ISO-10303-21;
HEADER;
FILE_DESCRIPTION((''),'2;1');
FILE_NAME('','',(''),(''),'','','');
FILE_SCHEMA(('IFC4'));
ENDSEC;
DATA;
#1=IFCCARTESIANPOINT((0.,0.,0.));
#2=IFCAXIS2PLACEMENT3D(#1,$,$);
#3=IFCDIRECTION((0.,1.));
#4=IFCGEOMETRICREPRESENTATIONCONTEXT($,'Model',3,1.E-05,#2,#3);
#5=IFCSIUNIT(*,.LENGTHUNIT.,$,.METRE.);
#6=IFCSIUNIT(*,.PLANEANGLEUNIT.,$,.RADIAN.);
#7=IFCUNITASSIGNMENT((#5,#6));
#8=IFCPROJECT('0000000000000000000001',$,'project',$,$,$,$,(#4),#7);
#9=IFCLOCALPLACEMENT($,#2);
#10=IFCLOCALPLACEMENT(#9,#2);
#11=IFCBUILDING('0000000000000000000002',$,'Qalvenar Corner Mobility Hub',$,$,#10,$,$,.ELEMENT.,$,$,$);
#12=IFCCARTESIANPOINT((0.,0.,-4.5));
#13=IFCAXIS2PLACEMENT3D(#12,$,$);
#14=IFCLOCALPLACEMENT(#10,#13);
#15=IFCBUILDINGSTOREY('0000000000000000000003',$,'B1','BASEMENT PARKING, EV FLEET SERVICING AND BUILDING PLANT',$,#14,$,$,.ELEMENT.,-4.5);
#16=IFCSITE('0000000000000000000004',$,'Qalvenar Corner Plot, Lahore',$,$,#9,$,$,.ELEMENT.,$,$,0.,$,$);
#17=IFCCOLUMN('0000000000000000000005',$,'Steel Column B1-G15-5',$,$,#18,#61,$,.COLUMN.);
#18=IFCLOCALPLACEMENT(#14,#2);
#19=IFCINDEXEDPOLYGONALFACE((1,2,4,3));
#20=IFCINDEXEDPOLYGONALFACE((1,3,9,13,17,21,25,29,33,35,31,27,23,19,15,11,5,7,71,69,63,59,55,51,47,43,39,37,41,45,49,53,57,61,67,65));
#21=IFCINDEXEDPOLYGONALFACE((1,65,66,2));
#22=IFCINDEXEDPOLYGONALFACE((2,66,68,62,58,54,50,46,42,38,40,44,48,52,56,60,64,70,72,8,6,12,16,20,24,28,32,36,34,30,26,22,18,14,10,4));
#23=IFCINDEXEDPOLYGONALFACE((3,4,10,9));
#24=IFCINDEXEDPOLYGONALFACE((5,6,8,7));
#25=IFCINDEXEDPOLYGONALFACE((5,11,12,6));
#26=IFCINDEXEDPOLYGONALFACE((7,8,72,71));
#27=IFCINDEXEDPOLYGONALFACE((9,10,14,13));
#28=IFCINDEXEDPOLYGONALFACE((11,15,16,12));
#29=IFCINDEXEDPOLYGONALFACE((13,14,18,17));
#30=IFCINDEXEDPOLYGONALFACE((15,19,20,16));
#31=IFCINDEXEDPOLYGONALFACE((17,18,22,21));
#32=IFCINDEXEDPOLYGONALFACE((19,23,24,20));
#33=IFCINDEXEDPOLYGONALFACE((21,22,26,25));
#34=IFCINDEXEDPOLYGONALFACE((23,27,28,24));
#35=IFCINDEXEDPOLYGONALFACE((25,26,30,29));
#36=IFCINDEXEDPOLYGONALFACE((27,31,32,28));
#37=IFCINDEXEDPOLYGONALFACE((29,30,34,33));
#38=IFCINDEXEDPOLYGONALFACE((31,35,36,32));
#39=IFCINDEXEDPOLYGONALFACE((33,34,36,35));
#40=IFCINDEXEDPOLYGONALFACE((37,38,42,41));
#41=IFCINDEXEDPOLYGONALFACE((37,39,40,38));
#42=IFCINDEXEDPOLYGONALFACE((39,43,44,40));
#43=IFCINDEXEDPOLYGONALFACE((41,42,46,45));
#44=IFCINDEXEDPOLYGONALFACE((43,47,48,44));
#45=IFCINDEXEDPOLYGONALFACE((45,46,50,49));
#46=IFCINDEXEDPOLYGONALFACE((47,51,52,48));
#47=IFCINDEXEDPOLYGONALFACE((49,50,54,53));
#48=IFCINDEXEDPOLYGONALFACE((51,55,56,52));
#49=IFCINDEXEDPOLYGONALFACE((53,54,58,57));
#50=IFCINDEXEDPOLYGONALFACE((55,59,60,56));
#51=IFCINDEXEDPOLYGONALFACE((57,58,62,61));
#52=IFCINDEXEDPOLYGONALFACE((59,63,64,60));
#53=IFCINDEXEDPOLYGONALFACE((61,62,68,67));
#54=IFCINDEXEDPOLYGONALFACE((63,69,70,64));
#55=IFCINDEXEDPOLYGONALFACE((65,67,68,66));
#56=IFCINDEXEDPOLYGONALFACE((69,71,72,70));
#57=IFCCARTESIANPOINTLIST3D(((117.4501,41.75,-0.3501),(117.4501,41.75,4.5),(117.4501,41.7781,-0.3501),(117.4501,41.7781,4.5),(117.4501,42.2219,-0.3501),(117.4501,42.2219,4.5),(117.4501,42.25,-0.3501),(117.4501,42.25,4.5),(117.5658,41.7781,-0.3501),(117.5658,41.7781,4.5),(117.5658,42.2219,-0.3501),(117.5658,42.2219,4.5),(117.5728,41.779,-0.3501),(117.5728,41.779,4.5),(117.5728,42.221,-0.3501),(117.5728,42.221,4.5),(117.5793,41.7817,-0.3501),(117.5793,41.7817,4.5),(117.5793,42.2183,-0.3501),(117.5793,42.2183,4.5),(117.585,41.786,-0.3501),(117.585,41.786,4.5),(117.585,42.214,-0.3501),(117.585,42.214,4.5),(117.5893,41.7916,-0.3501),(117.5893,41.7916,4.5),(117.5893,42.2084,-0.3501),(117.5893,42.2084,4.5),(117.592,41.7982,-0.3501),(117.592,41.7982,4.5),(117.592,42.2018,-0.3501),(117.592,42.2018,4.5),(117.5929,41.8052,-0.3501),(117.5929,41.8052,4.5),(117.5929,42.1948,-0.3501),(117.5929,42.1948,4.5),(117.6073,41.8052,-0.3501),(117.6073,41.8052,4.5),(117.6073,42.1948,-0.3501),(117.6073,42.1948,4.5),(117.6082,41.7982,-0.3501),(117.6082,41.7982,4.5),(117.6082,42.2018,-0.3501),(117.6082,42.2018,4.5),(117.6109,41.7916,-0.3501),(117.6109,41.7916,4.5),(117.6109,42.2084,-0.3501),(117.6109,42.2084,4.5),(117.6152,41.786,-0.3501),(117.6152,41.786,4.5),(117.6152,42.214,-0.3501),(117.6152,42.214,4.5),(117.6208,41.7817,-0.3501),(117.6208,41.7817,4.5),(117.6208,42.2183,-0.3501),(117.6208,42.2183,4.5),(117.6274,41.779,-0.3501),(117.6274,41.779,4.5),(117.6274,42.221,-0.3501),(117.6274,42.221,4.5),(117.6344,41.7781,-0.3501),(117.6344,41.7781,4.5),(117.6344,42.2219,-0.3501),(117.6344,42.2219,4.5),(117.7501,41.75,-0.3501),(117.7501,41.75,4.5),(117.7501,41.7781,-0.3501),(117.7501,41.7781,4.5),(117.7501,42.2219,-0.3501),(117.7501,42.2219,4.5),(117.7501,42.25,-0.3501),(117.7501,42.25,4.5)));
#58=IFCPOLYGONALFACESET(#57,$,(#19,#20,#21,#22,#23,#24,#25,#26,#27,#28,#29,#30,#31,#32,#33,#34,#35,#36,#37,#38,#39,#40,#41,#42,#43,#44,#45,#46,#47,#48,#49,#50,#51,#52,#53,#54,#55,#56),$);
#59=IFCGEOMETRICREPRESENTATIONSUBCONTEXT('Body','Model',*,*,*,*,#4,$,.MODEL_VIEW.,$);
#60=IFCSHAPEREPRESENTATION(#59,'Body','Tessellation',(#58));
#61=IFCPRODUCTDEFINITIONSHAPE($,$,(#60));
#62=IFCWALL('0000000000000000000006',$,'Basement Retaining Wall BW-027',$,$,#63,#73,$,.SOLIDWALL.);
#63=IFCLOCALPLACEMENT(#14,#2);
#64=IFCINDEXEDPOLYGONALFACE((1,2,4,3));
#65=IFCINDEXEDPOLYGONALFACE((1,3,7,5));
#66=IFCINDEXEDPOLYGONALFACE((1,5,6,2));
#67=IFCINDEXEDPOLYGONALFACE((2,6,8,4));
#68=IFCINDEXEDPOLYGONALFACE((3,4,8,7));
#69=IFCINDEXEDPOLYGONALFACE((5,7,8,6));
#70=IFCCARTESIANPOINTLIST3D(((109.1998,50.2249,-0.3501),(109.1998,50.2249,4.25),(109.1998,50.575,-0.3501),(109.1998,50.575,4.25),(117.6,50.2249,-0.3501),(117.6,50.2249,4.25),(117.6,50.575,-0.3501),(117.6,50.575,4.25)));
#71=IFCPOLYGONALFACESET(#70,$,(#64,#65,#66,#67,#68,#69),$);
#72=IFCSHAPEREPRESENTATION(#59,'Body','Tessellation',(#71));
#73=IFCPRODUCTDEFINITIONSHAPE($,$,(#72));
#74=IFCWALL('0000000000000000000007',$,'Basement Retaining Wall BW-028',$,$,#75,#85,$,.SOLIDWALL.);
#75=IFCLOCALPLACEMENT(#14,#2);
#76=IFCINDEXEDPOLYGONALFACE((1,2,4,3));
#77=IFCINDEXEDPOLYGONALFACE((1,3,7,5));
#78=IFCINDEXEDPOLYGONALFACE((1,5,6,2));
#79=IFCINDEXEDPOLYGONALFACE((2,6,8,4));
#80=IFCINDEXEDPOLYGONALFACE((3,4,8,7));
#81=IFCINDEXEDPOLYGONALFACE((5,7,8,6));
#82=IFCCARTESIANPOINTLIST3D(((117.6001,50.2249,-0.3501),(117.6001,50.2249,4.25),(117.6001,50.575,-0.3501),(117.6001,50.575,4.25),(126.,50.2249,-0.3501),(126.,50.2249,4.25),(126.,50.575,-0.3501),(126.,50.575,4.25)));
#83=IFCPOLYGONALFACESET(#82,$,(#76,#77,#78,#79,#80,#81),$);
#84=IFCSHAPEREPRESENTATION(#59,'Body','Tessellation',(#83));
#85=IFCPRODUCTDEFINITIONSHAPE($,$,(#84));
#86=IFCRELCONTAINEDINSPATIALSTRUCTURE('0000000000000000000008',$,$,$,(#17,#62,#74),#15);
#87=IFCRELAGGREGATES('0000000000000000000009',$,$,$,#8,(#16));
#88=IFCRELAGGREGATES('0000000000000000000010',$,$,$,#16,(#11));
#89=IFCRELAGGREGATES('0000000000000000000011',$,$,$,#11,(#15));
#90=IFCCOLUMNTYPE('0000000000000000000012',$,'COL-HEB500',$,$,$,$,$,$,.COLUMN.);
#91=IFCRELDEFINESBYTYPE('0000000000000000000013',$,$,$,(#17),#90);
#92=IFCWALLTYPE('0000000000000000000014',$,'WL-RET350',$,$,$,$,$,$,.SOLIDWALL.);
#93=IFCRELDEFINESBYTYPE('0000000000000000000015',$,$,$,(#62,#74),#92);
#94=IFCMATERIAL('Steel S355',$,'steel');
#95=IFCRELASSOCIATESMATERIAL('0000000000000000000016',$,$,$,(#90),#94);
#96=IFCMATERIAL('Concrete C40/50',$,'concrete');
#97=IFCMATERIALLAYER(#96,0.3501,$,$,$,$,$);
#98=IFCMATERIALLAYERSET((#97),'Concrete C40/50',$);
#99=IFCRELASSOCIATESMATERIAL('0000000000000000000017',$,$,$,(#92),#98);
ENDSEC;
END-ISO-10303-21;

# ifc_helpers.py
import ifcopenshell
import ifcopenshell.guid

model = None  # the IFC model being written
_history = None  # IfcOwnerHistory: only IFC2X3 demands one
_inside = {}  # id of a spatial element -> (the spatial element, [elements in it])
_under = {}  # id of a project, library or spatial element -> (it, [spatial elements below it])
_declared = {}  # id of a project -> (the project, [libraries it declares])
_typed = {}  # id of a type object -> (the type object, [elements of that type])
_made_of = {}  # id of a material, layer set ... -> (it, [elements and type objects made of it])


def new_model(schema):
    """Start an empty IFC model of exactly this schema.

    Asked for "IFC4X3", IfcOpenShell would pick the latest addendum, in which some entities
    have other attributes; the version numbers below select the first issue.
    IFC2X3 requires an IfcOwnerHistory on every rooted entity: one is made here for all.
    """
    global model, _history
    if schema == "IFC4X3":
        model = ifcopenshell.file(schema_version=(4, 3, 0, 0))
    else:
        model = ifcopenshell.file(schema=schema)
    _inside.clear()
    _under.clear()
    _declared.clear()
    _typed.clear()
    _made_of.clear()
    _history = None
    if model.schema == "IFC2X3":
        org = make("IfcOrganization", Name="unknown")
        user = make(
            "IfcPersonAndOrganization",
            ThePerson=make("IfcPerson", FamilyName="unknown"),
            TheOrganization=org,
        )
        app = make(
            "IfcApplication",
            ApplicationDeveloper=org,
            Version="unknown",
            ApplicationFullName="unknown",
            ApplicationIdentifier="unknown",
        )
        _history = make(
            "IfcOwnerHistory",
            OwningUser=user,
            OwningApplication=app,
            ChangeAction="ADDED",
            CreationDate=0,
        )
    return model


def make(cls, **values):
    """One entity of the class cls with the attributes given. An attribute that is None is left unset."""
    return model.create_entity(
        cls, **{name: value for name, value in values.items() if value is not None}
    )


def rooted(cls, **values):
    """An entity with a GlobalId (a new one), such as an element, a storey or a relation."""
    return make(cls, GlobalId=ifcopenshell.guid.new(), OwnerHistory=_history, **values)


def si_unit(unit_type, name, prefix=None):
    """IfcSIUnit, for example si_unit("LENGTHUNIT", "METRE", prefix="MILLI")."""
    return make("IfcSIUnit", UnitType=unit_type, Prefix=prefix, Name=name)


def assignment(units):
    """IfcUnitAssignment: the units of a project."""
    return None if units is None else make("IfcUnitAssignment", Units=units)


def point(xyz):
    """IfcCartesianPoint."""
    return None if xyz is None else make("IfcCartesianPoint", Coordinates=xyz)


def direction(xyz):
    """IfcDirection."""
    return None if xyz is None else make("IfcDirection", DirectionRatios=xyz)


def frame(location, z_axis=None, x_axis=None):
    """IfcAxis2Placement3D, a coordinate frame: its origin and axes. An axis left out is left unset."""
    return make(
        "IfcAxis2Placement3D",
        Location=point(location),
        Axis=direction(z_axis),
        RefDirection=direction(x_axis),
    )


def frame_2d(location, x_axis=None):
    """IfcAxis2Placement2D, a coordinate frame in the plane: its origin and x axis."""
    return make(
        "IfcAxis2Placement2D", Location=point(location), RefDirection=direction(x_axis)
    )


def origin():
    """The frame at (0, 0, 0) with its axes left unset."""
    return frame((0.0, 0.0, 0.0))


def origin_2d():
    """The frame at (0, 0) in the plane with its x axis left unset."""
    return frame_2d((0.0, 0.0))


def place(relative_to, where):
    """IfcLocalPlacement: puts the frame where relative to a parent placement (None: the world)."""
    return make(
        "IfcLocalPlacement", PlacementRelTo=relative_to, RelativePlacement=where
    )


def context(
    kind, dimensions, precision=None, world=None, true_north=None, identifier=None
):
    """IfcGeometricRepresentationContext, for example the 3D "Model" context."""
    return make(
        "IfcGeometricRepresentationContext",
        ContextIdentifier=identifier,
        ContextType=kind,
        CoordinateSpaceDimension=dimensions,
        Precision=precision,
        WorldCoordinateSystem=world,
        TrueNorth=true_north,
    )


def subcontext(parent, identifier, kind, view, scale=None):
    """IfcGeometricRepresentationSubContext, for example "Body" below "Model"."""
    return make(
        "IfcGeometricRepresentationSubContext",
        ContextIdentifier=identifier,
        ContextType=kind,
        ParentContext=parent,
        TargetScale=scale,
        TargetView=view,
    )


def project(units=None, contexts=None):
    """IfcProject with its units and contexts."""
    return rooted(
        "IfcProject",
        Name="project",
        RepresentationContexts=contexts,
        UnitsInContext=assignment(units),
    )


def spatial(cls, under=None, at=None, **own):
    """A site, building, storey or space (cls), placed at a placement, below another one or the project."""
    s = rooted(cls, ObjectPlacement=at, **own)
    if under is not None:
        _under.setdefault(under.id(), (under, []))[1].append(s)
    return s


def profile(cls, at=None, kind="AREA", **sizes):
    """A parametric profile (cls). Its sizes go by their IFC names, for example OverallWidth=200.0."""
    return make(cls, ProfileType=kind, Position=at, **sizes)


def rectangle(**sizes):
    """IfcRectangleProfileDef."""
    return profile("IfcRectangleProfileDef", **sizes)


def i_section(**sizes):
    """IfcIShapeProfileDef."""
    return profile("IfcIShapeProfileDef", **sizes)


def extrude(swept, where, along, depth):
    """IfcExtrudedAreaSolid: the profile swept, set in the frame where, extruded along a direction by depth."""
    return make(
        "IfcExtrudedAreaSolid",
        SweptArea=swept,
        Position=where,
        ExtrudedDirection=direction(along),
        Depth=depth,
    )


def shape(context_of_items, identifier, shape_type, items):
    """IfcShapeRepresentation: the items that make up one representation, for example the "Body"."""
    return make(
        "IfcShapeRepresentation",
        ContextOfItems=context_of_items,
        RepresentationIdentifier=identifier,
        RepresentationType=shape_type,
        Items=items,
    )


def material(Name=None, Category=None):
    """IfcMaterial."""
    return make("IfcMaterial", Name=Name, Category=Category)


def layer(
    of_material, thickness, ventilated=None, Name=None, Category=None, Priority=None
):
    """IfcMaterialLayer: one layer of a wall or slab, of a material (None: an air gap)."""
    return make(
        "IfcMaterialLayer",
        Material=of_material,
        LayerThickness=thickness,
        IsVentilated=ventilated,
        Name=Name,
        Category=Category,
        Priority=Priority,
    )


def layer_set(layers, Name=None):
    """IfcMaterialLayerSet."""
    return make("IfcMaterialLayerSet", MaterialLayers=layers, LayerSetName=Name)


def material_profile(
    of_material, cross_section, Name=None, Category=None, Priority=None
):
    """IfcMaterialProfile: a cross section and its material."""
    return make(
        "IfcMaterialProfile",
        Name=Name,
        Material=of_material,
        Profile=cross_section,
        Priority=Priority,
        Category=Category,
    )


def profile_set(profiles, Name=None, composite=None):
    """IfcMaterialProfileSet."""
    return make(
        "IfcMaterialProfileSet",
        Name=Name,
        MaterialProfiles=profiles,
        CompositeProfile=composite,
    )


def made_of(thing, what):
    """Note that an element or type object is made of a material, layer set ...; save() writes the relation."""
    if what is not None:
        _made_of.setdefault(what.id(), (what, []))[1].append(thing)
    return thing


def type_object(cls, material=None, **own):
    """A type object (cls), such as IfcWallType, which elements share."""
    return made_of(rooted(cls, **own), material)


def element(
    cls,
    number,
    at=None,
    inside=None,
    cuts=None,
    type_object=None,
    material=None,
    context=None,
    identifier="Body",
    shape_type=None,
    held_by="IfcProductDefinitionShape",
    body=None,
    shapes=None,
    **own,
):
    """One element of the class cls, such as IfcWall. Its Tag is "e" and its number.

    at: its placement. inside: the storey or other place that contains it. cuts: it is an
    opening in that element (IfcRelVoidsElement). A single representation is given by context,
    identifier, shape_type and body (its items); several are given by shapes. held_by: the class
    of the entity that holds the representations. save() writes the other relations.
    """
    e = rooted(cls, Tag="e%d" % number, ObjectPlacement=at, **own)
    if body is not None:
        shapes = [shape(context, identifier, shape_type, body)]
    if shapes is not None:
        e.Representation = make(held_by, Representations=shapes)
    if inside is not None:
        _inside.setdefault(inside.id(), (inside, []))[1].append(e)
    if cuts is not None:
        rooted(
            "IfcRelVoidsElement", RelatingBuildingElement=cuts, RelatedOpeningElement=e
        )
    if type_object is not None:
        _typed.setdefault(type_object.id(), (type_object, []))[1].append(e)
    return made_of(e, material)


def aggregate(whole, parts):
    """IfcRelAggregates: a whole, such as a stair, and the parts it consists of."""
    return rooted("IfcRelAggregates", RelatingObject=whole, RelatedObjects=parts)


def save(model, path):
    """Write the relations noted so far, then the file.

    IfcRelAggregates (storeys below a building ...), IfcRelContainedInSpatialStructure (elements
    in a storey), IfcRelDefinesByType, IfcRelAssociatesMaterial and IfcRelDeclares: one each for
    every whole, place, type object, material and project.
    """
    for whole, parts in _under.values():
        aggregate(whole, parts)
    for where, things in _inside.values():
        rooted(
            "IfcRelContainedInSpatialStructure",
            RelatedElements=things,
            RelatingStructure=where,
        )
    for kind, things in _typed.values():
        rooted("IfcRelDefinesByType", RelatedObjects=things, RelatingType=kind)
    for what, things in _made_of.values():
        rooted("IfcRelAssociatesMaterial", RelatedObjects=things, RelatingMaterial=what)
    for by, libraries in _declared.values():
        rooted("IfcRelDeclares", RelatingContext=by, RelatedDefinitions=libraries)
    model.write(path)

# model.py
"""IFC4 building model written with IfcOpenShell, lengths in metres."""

from ifc_helpers import new_model, si_unit, direction, frame, frame_2d, origin, origin_2d, place, context, subcontext, project, spatial, rectangle, i_section, extrude, material, layer, layer_set, material_profile, profile_set, type_object, element, save


model = new_model("IFC4")

# Units and contexts
model_context = context("Model", 3, precision=1e-05, world=origin(), true_north=direction((0.0, 1.0)))
body_context = subcontext(model_context, "Body", "Model", "MODEL_VIEW")
ifc_project = project(units=[si_unit("LENGTHUNIT", "METRE"), si_unit("PLANEANGLEUNIT", "RADIAN")], contexts=[model_context])

# Site, building, storey
site_placement = place(None, origin())
site = spatial("IfcSite", under=ifc_project, at=site_placement, Name="Qalvenar Corner Plot, Lahore", CompositionType="ELEMENT", RefElevation=0.0)
building_placement = place(site_placement, origin())
building = spatial("IfcBuilding", under=site, at=building_placement, Name="Qalvenar Corner Mobility Hub", CompositionType="ELEMENT")
storey_placement = place(building_placement, frame((0.0, 0.0, -4.5)))
storey = spatial("IfcBuildingStorey", under=building, at=storey_placement, Name="B1", Description="BASEMENT PARKING, EV FLEET SERVICING AND BUILDING PLANT", CompositionType="ELEMENT", Elevation=-4.5)

# Shared definitions
ifc_material_1 = material(Name="Concrete C40/50", Category="concrete")

# Column
ifc_material_2 = material(Name="Steel S355", Category="steel")
ifc_material_profile_1 = material_profile(ifc_material_2, i_section(OverallWidth=0.3, OverallDepth=0.5, WebThickness=0.0144, FlangeThickness=0.0281, FilletRadius=0.0271, at=origin_2d()), Name="HEB500")
ifc_profile_set_1 = profile_set([ifc_material_profile_1], Name="Steel S355")
column_type_1 = type_object("IfcColumnType", Name="COL-HEB500", PredefinedType="COLUMN", material=ifc_profile_set_1)
column_placement = place(storey_placement, frame((117.6001, 42.0, -0.3501), z_axis=(0.0, 0.0, 1.0), x_axis=(1.0, 0.0, 0.0)))
element("IfcColumn", 1, at=column_placement, inside=storey, type_object=column_type_1, Name="Steel Column B1-G15-5", PredefinedType="COLUMN", context=body_context, shape_type="SweptSolid", body=[
    extrude(i_section(OverallWidth=0.3, OverallDepth=0.5, WebThickness=0.0144, FlangeThickness=0.0281, FilletRadius=0.0271, at=origin_2d()), origin(), (0.0, 0.0, 1.0), 4.8501),
])

# Walls
ifc_layer = layer(ifc_material_1, 0.3501)
ifc_layer_set = layer_set([ifc_layer], Name="Concrete C40/50")
wall_type = type_object("IfcWallType", Name="WL-RET350", PredefinedType="SOLIDWALL", material=ifc_layer_set)
wall_1_placement = place(storey_placement, frame((117.6001, 50.3999, -0.3501), z_axis=(0.0, 0.0, 1.0), x_axis=(-1.0, 0.0, 0.0)))
element("IfcWall", 2, at=wall_1_placement, inside=storey, type_object=wall_type, Name="Basement Retaining Wall BW-027", PredefinedType="SOLIDWALL", context=body_context, shape_type="SweptSolid", body=[
    extrude(rectangle(XDim=8.4001, YDim=0.3501, at=frame_2d((4.2002, 0.0))), origin(), (0.0, 0.0, 1.0), 4.6001),
])
wall_2_placement = place(storey_placement, frame((126.0, 50.3999, -0.3501), z_axis=(0.0, 0.0, 1.0), x_axis=(-1.0, 0.0, 0.0)))
element("IfcWall", 3, at=wall_2_placement, inside=storey, type_object=wall_type, Name="Basement Retaining Wall BW-028", PredefinedType="SOLIDWALL", context=body_context, shape_type="SweptSolid", body=[
    extrude(rectangle(XDim=8.3999, YDim=0.3501, at=frame_2d((4.2, 0.0))), origin(), (0.0, 0.0, 1.0), 4.6001),
])

save(model, "model.ifc")
